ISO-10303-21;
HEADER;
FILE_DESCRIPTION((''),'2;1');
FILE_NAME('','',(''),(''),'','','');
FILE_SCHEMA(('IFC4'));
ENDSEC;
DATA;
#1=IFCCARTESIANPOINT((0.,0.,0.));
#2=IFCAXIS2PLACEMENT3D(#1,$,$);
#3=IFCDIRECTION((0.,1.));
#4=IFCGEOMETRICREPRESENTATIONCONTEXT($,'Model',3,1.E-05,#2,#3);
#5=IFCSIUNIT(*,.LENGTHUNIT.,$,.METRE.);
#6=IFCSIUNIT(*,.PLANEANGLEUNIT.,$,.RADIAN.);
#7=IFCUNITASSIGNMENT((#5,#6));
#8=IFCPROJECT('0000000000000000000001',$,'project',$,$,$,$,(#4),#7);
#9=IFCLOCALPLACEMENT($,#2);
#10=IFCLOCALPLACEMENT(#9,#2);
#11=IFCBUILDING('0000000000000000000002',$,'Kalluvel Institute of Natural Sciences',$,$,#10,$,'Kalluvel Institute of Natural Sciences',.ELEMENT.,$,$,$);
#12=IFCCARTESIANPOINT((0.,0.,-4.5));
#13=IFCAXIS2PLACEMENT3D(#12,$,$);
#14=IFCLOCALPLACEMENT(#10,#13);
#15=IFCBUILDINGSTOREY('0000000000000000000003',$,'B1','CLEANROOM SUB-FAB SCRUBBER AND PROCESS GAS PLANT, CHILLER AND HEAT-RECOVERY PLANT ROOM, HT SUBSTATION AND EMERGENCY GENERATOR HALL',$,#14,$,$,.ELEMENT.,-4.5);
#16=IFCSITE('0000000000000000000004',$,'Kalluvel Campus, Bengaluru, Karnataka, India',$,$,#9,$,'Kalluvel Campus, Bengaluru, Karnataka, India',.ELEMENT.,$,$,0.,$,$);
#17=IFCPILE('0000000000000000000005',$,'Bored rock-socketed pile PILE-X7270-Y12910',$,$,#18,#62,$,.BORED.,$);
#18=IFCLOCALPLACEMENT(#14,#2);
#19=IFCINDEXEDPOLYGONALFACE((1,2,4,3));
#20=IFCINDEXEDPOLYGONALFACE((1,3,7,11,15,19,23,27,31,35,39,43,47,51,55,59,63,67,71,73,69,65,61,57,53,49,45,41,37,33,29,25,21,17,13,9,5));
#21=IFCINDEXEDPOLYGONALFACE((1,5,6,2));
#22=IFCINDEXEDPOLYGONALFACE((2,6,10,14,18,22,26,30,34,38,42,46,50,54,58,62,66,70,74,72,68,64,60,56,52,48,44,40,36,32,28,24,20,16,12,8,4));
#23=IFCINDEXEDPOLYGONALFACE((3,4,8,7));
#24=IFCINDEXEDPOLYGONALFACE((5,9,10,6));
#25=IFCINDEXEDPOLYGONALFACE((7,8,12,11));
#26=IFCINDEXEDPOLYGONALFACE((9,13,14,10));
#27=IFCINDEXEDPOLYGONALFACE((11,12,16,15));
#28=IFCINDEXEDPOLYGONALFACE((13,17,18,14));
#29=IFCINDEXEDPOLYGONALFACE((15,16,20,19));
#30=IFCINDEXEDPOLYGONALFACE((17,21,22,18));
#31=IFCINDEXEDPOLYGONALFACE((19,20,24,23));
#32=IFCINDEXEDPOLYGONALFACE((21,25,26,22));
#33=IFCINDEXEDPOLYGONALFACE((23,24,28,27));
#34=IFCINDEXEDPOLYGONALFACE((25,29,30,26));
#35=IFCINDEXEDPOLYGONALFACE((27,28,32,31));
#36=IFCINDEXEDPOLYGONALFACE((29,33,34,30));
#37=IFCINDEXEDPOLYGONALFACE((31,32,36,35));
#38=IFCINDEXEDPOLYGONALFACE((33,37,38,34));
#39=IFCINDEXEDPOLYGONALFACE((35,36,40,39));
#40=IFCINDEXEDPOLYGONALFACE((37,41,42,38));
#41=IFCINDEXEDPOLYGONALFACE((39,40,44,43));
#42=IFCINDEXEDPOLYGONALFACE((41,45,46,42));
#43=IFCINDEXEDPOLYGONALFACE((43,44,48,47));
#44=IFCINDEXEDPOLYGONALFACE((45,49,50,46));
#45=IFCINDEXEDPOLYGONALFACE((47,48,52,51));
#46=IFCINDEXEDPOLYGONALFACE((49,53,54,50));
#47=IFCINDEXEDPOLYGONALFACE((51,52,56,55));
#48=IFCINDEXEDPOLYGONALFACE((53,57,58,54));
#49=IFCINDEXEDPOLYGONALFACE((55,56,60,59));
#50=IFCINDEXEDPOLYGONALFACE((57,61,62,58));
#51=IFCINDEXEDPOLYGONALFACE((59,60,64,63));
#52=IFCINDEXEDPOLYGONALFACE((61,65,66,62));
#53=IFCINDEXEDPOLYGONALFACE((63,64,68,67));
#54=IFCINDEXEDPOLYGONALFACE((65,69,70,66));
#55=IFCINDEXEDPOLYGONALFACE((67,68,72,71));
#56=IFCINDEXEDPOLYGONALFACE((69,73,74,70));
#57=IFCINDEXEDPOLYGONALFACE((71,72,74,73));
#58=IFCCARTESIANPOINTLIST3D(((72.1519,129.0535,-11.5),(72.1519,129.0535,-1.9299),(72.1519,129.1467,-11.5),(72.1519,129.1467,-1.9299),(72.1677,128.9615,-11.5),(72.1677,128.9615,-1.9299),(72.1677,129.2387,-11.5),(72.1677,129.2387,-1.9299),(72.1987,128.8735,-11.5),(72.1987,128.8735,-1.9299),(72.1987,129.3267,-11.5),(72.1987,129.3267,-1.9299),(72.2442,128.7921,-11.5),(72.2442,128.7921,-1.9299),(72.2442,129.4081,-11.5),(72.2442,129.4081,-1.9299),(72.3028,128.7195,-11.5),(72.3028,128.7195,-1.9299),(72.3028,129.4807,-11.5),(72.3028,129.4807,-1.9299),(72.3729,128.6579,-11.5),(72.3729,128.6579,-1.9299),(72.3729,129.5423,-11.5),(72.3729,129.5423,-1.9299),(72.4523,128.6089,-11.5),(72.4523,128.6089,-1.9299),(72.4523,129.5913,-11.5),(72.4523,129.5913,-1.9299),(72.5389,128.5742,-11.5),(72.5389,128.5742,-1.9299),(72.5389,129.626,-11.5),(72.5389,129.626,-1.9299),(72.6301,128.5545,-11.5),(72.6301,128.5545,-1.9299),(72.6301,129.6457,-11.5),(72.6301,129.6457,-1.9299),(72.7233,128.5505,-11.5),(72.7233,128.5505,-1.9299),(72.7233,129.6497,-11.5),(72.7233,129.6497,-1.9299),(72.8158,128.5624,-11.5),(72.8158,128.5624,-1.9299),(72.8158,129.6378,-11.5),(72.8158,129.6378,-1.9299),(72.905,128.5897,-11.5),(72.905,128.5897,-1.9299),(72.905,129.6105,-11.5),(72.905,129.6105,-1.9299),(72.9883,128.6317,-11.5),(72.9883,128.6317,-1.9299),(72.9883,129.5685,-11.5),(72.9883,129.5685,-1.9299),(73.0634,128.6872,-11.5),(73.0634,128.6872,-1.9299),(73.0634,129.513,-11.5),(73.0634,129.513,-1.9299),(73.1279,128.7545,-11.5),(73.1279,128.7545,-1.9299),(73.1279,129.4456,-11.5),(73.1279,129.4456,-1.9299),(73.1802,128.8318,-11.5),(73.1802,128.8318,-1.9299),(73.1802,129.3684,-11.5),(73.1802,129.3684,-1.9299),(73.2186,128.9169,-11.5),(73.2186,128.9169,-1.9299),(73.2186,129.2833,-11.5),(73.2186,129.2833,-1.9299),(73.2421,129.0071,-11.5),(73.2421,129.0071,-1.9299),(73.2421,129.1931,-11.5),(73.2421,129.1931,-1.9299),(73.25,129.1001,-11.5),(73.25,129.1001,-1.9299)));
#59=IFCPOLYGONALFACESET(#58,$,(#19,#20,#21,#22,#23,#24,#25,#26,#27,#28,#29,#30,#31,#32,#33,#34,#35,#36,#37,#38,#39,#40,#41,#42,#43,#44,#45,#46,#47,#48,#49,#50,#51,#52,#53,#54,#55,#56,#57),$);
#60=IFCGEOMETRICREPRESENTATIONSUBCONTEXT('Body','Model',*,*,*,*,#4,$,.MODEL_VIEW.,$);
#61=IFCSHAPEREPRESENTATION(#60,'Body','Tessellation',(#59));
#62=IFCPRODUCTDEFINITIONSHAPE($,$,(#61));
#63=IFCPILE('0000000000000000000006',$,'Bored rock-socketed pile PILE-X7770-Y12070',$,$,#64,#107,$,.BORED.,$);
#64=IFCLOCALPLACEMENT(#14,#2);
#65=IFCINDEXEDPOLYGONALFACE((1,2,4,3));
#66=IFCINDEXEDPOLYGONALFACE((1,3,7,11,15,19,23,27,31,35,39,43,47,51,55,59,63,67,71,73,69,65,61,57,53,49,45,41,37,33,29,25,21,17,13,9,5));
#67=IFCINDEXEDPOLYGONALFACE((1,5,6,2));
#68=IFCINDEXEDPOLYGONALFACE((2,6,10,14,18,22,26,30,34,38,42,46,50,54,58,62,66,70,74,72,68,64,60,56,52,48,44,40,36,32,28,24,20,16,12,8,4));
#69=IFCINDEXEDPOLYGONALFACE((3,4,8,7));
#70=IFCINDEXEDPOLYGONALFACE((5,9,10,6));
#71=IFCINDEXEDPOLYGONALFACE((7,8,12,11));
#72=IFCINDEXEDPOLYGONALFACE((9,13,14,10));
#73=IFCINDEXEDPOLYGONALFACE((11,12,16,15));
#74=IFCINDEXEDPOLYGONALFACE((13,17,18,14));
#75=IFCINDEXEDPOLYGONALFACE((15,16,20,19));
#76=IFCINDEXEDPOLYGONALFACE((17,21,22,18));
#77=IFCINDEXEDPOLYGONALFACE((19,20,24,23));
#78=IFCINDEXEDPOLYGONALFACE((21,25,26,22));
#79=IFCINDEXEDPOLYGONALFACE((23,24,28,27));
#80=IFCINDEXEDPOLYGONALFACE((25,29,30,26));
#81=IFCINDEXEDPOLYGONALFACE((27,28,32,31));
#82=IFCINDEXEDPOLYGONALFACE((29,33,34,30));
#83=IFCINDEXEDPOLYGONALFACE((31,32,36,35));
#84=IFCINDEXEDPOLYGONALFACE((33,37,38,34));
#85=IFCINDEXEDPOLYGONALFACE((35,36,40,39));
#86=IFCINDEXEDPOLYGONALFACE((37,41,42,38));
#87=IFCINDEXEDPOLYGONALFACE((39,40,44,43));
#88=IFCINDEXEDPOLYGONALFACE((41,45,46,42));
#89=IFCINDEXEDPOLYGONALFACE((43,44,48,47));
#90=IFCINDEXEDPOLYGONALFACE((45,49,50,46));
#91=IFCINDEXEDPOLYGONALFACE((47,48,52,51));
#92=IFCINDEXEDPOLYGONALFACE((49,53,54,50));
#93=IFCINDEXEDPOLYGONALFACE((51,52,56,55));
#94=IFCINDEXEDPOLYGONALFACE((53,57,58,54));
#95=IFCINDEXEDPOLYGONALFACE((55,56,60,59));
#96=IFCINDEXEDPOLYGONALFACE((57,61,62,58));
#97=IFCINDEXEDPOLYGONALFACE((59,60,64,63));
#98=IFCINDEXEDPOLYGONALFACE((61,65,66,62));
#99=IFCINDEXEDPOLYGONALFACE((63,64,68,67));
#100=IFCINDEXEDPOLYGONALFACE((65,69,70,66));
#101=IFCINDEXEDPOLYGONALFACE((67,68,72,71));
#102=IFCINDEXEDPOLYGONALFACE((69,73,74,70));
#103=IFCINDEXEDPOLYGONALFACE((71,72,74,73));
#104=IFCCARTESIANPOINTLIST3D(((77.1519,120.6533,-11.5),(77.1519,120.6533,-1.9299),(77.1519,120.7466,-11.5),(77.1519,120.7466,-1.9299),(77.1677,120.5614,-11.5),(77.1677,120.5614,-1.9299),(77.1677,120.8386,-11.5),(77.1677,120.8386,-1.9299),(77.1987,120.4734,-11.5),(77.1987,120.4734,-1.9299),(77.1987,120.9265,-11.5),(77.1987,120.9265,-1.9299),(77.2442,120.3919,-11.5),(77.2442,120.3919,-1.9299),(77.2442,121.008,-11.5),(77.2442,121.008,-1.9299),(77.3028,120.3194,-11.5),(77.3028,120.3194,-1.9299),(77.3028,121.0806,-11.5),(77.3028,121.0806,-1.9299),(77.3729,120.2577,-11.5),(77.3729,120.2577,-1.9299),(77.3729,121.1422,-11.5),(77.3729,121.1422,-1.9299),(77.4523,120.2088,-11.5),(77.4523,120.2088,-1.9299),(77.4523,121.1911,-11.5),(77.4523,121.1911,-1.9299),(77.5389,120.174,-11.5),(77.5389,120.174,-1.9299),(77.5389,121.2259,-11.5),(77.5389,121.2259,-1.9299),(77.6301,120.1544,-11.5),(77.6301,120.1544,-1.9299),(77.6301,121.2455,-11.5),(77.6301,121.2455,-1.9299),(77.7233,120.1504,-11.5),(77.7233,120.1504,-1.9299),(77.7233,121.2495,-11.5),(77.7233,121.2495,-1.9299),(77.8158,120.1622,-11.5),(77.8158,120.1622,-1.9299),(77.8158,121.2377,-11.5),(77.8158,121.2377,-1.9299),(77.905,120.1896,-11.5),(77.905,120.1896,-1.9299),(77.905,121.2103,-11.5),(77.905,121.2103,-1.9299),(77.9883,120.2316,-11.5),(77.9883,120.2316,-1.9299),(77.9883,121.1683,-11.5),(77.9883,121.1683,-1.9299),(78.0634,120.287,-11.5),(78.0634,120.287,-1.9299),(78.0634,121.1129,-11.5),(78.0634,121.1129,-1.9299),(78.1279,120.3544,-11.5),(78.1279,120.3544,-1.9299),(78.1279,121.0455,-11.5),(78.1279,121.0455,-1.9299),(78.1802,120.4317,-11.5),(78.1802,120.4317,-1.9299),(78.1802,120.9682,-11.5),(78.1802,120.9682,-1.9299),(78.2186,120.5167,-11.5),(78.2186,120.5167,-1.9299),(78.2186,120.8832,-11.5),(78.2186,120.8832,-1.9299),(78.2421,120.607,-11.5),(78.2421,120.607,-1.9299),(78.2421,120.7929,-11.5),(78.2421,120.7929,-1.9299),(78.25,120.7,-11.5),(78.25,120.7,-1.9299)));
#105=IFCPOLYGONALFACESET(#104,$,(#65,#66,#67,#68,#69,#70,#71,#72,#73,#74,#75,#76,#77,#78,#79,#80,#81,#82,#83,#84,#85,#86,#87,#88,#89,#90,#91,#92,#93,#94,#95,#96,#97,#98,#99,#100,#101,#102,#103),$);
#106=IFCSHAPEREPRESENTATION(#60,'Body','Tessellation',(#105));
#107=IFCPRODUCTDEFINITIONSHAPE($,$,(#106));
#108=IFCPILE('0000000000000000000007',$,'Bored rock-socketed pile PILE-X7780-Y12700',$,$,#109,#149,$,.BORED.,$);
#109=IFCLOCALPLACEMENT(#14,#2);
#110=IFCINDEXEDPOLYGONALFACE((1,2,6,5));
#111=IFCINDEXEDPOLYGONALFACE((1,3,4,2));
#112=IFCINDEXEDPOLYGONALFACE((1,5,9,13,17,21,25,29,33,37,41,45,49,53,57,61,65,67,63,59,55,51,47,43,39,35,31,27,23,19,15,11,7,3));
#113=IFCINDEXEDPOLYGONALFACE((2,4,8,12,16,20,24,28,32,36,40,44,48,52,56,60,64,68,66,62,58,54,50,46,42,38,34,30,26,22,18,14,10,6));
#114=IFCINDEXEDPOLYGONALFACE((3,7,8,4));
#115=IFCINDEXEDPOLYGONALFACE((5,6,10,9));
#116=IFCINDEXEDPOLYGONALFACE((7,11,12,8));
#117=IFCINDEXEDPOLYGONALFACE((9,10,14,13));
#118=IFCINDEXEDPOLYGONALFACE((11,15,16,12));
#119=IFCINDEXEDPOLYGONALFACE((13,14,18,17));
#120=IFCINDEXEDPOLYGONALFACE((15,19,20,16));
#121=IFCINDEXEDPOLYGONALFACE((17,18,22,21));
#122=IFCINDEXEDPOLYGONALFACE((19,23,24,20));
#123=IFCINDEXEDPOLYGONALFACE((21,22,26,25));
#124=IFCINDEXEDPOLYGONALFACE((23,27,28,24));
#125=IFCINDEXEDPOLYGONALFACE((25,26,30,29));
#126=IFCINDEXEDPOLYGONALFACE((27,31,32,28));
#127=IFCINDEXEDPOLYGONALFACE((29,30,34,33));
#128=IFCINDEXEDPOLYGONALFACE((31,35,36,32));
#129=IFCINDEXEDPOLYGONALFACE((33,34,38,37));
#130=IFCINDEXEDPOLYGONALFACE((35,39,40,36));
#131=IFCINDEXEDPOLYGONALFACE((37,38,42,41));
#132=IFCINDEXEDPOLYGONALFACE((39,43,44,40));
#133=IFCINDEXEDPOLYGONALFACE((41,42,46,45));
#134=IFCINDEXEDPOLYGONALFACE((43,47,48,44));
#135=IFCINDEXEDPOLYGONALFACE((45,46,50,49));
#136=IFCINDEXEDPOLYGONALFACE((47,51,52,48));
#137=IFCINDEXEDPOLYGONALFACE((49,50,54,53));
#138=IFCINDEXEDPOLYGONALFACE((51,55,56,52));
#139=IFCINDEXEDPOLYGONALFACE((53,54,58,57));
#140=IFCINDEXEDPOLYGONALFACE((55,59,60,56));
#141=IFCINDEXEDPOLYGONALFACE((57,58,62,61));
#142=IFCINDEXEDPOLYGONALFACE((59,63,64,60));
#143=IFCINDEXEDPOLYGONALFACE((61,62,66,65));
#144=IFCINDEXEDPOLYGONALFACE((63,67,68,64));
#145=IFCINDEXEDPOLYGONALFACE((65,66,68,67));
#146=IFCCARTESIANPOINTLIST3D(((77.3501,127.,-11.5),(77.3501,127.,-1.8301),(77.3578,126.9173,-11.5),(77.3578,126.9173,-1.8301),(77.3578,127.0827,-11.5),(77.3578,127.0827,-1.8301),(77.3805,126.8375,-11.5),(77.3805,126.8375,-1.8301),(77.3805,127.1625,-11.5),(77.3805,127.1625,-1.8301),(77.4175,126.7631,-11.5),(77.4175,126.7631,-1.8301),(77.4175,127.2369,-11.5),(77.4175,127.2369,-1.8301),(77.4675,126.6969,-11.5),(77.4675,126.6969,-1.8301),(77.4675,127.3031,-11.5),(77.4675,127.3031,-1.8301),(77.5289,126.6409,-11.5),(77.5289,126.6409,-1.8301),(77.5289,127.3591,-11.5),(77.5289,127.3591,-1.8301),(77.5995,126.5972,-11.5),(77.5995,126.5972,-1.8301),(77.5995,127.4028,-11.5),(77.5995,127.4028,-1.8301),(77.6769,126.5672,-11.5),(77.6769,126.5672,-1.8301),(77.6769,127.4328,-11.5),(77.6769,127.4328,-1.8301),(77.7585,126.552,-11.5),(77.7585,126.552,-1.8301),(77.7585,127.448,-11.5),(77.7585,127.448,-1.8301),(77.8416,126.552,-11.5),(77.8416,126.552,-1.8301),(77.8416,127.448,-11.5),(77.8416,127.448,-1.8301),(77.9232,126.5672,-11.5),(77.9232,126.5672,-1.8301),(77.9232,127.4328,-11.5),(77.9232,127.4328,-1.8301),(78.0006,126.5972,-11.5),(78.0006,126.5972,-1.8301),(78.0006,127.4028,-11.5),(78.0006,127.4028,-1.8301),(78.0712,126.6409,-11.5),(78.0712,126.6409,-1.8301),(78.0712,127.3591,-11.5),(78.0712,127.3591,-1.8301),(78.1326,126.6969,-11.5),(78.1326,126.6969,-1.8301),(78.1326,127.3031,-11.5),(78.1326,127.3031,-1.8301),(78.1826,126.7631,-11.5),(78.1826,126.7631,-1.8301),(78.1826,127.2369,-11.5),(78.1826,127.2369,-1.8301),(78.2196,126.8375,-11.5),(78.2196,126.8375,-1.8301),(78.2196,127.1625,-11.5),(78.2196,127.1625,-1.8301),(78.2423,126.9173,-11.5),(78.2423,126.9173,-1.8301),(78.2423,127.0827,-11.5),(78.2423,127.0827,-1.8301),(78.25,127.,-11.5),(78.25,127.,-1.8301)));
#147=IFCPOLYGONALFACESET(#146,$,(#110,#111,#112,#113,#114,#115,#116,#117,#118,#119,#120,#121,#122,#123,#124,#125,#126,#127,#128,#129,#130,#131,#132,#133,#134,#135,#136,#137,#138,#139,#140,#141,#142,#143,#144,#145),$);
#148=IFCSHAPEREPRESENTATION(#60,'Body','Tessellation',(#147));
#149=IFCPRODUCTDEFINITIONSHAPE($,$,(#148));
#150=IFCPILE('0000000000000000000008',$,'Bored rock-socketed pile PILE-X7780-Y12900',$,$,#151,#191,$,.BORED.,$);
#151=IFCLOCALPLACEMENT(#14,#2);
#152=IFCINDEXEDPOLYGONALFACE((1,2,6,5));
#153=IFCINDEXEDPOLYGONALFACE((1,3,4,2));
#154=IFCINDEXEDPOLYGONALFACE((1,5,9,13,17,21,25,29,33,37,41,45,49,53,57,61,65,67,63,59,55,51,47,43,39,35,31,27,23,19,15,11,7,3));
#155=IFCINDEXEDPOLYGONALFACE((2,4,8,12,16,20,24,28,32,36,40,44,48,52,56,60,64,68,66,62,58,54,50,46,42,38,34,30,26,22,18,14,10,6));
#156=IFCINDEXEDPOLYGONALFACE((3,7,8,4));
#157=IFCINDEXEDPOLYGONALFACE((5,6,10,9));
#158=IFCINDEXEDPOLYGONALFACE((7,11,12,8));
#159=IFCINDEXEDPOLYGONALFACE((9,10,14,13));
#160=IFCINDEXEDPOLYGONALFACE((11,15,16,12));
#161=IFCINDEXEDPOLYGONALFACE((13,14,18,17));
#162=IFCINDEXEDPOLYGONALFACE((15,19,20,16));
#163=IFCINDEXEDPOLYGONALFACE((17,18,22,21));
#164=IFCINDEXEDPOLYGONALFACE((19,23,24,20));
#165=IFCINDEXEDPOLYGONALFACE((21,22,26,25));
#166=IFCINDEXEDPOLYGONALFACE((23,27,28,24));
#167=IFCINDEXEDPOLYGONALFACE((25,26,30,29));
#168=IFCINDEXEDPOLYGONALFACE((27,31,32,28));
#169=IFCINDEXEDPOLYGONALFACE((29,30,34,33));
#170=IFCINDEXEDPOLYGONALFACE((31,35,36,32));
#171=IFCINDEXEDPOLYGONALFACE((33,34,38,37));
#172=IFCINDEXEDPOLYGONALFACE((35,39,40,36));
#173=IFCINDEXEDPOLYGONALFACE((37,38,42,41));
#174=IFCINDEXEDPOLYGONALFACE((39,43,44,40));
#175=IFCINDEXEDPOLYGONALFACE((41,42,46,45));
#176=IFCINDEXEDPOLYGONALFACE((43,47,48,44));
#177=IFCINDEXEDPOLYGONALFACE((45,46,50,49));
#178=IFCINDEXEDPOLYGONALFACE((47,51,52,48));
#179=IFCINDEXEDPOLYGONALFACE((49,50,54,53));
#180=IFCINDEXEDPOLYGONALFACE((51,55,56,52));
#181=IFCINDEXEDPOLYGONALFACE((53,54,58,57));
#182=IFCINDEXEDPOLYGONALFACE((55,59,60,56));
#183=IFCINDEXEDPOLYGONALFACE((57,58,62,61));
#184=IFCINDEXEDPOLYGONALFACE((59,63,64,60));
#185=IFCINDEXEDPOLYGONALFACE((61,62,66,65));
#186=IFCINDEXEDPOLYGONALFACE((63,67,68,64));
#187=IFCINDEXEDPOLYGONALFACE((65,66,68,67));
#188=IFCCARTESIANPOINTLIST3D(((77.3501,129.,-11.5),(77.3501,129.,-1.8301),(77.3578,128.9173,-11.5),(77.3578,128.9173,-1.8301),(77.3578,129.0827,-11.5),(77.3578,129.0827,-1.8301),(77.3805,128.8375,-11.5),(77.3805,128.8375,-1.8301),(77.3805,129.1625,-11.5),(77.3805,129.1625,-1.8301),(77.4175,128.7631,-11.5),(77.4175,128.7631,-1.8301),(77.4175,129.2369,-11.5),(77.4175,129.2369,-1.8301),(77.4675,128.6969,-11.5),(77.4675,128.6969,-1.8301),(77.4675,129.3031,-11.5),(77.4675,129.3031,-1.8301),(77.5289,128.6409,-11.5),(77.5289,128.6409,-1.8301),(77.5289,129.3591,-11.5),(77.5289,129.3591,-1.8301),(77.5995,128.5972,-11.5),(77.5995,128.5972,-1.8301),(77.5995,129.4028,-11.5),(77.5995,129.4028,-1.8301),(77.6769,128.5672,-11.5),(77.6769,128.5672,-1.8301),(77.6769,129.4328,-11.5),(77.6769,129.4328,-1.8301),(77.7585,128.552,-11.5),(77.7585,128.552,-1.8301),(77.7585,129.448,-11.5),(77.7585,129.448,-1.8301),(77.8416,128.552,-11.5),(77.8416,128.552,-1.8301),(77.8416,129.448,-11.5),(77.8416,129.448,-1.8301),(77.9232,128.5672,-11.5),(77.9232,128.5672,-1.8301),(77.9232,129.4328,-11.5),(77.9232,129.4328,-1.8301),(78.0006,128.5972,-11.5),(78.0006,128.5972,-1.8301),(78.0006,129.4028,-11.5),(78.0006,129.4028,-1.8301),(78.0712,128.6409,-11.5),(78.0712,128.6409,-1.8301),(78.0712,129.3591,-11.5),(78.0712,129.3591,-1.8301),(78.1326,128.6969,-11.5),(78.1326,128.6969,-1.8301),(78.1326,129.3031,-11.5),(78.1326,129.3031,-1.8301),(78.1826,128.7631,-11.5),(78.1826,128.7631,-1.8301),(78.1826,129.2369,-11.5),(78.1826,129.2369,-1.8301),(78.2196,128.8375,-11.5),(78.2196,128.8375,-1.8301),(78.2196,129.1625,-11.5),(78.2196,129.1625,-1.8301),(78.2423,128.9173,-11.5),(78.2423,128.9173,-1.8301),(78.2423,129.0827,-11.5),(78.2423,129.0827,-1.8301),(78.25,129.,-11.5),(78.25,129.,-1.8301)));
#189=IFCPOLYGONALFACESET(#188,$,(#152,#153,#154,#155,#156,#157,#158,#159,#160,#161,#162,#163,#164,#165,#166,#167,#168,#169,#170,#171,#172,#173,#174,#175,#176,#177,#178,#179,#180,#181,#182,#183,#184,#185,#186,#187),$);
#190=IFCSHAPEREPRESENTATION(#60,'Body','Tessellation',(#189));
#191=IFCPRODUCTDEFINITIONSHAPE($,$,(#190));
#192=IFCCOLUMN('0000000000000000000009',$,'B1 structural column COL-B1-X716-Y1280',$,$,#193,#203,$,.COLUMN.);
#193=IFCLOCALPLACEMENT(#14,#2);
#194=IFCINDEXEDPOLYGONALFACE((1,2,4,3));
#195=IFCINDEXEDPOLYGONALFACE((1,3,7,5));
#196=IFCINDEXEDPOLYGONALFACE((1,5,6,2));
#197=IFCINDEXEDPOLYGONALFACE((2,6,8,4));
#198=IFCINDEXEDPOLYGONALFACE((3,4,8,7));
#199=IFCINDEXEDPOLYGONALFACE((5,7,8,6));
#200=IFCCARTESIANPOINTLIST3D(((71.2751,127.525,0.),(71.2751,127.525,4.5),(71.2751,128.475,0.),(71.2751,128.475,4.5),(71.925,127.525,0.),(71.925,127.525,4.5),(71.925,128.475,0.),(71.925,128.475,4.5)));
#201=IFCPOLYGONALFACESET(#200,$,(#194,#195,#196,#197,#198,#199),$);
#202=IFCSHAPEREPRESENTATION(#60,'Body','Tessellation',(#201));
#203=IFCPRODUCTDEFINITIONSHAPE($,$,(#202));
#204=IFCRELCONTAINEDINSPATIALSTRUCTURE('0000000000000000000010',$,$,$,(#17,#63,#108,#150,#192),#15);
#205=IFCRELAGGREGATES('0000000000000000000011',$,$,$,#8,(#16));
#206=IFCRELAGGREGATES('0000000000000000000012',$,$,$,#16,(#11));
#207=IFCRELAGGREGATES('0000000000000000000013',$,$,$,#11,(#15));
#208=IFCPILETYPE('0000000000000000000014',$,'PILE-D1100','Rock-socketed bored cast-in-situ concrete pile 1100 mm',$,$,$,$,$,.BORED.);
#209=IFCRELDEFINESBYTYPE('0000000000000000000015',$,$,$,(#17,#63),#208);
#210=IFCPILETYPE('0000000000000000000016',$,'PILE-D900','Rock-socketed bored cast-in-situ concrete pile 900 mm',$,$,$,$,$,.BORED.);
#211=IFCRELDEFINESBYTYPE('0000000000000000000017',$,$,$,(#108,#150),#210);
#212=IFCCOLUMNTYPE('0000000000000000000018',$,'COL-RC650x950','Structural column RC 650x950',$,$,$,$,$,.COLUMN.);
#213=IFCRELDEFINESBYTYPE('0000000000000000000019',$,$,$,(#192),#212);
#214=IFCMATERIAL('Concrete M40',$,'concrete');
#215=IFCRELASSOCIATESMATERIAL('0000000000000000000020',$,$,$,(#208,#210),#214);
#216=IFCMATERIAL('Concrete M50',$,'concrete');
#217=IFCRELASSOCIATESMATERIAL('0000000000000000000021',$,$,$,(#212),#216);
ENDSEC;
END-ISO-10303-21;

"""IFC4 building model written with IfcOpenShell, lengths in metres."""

from ifc_helpers import new_model, si_unit, direction, frame, origin, origin_2d, place, context, subcontext, project, spatial, rectangle, circle, extrude, material, material_profile, profile_set, type_object, element, save


model = new_model("IFC4")

# Units and contexts
model_context = context("Model", 3, precision=1e-05, world=origin(), true_north=direction((0.0, 1.0)))
body_context = subcontext(model_context, "Body", "Model", "MODEL_VIEW")
ifc_project = project(units=[si_unit("LENGTHUNIT", "METRE"), si_unit("PLANEANGLEUNIT", "RADIAN")], contexts=[model_context])

# Site, building, storey
site_placement = place(None, origin())
site = spatial("IfcSite", under=ifc_project, at=site_placement, Name="Kalluvel Campus, Bengaluru, Karnataka, India", LongName="Kalluvel Campus, Bengaluru, Karnataka, India", CompositionType="ELEMENT", RefElevation=0.0)
building_placement = place(site_placement, origin())
building = spatial("IfcBuilding", under=site, at=building_placement, Name="Kalluvel Institute of Natural Sciences", LongName="Kalluvel Institute of Natural Sciences", CompositionType="ELEMENT")
storey_placement = place(building_placement, frame((0.0, 0.0, -4.5)))
storey = spatial("IfcBuildingStorey", under=building, at=storey_placement, Name="B1", Description="CLEANROOM SUB-FAB SCRUBBER AND PROCESS GAS PLANT, CHILLER AND HEAT-RECOVERY PLANT ROOM, HT SUBSTATION AND EMERGENCY GENERATOR HALL", CompositionType="ELEMENT", Elevation=-4.5)

# Shared definitions
ifc_material_1 = material(Name="Concrete M40", Category="concrete")

# Piles
ifc_material_profile_1 = material_profile(ifc_material_1, circle(Radius=0.55, at=origin_2d()), Name="PILE D1100")
ifc_profile_set_1 = profile_set([ifc_material_profile_1], Name="Concrete M40")
pile_type_1 = type_object("IfcPileType", Name="PILE-D1100", Description="Rock-socketed bored cast-in-situ concrete pile 1100 mm", PredefinedType="BORED", material=ifc_profile_set_1)
for number, where, z_axis, x_axis, name in (
    (1, (72.7, 129.1001, -1.9299), (0.0, 0.0, -1.0), (1.0, 0.0, 0.0), "Bored rock-socketed pile PILE-X7270-Y12910"),
    (2, (77.7, 120.7, -1.9299), (0.0, 0.0, -1.0), (1.0, 0.0, 0.0), "Bored rock-socketed pile PILE-X7770-Y12070"),
):
    element("IfcPile", number, at=place(storey_placement, frame(where, z_axis=z_axis, x_axis=x_axis)), inside=storey, type_object=pile_type_1, Name=name, PredefinedType="BORED", context=body_context, shape_type="SweptSolid", body=[
        extrude(circle(Radius=0.55, at=origin_2d()), origin(), (0.0, 0.0, 1.0), 9.5701),
    ])
ifc_material_profile_2 = material_profile(ifc_material_1, circle(Radius=0.45, at=origin_2d()), Name="PILE D900")
ifc_profile_set_2 = profile_set([ifc_material_profile_2], Name="Concrete M40")
pile_type_2 = type_object("IfcPileType", Name="PILE-D900", Description="Rock-socketed bored cast-in-situ concrete pile 900 mm", PredefinedType="BORED", material=ifc_profile_set_2)
for number, where, z_axis, x_axis, name in (
    (3, (77.8, 127.0, -1.8301), (0.0, 0.0, -1.0), (1.0, 0.0, 0.0), "Bored rock-socketed pile PILE-X7780-Y12700"),
    (4, (77.8, 129.0, -1.8301), (0.0, 0.0, -1.0), (1.0, 0.0, 0.0), "Bored rock-socketed pile PILE-X7780-Y12900"),
):
    element("IfcPile", number, at=place(storey_placement, frame(where, z_axis=z_axis, x_axis=x_axis)), inside=storey, type_object=pile_type_2, Name=name, PredefinedType="BORED", context=body_context, shape_type="SweptSolid", body=[
        extrude(circle(Radius=0.45, at=origin_2d()), origin(), (0.0, 0.0, 1.0), 9.6699),
    ])

# Column
ifc_material_2 = material(Name="Concrete M50", Category="concrete")
ifc_material_profile_3 = material_profile(ifc_material_2, rectangle(XDim=0.6499, YDim=0.95, at=origin_2d()), Name="RC 650x950")
ifc_profile_set_3 = profile_set([ifc_material_profile_3], Name="Concrete M50")
column_type_1 = type_object("IfcColumnType", Name="COL-RC650x950", Description="Structural column RC 650x950", PredefinedType="COLUMN", material=ifc_profile_set_3)
for number, where, z_axis, x_axis, name in (
    (5, (71.6001, 128.0, 0.0), (0.0, 0.0, 1.0), (1.0, 0.0, 0.0), "B1 structural column COL-B1-X716-Y1280"),
):
    element("IfcColumn", number, at=place(storey_placement, frame(where, z_axis=z_axis, x_axis=x_axis)), inside=storey, type_object=column_type_1, Name=name, PredefinedType="COLUMN", context=body_context, shape_type="SweptSolid", body=[
        extrude(rectangle(XDim=0.6499, YDim=0.95, at=origin_2d()), origin(), (0.0, 0.0, 1.0), 4.5),
    ])

save(model, "model.ifc")
